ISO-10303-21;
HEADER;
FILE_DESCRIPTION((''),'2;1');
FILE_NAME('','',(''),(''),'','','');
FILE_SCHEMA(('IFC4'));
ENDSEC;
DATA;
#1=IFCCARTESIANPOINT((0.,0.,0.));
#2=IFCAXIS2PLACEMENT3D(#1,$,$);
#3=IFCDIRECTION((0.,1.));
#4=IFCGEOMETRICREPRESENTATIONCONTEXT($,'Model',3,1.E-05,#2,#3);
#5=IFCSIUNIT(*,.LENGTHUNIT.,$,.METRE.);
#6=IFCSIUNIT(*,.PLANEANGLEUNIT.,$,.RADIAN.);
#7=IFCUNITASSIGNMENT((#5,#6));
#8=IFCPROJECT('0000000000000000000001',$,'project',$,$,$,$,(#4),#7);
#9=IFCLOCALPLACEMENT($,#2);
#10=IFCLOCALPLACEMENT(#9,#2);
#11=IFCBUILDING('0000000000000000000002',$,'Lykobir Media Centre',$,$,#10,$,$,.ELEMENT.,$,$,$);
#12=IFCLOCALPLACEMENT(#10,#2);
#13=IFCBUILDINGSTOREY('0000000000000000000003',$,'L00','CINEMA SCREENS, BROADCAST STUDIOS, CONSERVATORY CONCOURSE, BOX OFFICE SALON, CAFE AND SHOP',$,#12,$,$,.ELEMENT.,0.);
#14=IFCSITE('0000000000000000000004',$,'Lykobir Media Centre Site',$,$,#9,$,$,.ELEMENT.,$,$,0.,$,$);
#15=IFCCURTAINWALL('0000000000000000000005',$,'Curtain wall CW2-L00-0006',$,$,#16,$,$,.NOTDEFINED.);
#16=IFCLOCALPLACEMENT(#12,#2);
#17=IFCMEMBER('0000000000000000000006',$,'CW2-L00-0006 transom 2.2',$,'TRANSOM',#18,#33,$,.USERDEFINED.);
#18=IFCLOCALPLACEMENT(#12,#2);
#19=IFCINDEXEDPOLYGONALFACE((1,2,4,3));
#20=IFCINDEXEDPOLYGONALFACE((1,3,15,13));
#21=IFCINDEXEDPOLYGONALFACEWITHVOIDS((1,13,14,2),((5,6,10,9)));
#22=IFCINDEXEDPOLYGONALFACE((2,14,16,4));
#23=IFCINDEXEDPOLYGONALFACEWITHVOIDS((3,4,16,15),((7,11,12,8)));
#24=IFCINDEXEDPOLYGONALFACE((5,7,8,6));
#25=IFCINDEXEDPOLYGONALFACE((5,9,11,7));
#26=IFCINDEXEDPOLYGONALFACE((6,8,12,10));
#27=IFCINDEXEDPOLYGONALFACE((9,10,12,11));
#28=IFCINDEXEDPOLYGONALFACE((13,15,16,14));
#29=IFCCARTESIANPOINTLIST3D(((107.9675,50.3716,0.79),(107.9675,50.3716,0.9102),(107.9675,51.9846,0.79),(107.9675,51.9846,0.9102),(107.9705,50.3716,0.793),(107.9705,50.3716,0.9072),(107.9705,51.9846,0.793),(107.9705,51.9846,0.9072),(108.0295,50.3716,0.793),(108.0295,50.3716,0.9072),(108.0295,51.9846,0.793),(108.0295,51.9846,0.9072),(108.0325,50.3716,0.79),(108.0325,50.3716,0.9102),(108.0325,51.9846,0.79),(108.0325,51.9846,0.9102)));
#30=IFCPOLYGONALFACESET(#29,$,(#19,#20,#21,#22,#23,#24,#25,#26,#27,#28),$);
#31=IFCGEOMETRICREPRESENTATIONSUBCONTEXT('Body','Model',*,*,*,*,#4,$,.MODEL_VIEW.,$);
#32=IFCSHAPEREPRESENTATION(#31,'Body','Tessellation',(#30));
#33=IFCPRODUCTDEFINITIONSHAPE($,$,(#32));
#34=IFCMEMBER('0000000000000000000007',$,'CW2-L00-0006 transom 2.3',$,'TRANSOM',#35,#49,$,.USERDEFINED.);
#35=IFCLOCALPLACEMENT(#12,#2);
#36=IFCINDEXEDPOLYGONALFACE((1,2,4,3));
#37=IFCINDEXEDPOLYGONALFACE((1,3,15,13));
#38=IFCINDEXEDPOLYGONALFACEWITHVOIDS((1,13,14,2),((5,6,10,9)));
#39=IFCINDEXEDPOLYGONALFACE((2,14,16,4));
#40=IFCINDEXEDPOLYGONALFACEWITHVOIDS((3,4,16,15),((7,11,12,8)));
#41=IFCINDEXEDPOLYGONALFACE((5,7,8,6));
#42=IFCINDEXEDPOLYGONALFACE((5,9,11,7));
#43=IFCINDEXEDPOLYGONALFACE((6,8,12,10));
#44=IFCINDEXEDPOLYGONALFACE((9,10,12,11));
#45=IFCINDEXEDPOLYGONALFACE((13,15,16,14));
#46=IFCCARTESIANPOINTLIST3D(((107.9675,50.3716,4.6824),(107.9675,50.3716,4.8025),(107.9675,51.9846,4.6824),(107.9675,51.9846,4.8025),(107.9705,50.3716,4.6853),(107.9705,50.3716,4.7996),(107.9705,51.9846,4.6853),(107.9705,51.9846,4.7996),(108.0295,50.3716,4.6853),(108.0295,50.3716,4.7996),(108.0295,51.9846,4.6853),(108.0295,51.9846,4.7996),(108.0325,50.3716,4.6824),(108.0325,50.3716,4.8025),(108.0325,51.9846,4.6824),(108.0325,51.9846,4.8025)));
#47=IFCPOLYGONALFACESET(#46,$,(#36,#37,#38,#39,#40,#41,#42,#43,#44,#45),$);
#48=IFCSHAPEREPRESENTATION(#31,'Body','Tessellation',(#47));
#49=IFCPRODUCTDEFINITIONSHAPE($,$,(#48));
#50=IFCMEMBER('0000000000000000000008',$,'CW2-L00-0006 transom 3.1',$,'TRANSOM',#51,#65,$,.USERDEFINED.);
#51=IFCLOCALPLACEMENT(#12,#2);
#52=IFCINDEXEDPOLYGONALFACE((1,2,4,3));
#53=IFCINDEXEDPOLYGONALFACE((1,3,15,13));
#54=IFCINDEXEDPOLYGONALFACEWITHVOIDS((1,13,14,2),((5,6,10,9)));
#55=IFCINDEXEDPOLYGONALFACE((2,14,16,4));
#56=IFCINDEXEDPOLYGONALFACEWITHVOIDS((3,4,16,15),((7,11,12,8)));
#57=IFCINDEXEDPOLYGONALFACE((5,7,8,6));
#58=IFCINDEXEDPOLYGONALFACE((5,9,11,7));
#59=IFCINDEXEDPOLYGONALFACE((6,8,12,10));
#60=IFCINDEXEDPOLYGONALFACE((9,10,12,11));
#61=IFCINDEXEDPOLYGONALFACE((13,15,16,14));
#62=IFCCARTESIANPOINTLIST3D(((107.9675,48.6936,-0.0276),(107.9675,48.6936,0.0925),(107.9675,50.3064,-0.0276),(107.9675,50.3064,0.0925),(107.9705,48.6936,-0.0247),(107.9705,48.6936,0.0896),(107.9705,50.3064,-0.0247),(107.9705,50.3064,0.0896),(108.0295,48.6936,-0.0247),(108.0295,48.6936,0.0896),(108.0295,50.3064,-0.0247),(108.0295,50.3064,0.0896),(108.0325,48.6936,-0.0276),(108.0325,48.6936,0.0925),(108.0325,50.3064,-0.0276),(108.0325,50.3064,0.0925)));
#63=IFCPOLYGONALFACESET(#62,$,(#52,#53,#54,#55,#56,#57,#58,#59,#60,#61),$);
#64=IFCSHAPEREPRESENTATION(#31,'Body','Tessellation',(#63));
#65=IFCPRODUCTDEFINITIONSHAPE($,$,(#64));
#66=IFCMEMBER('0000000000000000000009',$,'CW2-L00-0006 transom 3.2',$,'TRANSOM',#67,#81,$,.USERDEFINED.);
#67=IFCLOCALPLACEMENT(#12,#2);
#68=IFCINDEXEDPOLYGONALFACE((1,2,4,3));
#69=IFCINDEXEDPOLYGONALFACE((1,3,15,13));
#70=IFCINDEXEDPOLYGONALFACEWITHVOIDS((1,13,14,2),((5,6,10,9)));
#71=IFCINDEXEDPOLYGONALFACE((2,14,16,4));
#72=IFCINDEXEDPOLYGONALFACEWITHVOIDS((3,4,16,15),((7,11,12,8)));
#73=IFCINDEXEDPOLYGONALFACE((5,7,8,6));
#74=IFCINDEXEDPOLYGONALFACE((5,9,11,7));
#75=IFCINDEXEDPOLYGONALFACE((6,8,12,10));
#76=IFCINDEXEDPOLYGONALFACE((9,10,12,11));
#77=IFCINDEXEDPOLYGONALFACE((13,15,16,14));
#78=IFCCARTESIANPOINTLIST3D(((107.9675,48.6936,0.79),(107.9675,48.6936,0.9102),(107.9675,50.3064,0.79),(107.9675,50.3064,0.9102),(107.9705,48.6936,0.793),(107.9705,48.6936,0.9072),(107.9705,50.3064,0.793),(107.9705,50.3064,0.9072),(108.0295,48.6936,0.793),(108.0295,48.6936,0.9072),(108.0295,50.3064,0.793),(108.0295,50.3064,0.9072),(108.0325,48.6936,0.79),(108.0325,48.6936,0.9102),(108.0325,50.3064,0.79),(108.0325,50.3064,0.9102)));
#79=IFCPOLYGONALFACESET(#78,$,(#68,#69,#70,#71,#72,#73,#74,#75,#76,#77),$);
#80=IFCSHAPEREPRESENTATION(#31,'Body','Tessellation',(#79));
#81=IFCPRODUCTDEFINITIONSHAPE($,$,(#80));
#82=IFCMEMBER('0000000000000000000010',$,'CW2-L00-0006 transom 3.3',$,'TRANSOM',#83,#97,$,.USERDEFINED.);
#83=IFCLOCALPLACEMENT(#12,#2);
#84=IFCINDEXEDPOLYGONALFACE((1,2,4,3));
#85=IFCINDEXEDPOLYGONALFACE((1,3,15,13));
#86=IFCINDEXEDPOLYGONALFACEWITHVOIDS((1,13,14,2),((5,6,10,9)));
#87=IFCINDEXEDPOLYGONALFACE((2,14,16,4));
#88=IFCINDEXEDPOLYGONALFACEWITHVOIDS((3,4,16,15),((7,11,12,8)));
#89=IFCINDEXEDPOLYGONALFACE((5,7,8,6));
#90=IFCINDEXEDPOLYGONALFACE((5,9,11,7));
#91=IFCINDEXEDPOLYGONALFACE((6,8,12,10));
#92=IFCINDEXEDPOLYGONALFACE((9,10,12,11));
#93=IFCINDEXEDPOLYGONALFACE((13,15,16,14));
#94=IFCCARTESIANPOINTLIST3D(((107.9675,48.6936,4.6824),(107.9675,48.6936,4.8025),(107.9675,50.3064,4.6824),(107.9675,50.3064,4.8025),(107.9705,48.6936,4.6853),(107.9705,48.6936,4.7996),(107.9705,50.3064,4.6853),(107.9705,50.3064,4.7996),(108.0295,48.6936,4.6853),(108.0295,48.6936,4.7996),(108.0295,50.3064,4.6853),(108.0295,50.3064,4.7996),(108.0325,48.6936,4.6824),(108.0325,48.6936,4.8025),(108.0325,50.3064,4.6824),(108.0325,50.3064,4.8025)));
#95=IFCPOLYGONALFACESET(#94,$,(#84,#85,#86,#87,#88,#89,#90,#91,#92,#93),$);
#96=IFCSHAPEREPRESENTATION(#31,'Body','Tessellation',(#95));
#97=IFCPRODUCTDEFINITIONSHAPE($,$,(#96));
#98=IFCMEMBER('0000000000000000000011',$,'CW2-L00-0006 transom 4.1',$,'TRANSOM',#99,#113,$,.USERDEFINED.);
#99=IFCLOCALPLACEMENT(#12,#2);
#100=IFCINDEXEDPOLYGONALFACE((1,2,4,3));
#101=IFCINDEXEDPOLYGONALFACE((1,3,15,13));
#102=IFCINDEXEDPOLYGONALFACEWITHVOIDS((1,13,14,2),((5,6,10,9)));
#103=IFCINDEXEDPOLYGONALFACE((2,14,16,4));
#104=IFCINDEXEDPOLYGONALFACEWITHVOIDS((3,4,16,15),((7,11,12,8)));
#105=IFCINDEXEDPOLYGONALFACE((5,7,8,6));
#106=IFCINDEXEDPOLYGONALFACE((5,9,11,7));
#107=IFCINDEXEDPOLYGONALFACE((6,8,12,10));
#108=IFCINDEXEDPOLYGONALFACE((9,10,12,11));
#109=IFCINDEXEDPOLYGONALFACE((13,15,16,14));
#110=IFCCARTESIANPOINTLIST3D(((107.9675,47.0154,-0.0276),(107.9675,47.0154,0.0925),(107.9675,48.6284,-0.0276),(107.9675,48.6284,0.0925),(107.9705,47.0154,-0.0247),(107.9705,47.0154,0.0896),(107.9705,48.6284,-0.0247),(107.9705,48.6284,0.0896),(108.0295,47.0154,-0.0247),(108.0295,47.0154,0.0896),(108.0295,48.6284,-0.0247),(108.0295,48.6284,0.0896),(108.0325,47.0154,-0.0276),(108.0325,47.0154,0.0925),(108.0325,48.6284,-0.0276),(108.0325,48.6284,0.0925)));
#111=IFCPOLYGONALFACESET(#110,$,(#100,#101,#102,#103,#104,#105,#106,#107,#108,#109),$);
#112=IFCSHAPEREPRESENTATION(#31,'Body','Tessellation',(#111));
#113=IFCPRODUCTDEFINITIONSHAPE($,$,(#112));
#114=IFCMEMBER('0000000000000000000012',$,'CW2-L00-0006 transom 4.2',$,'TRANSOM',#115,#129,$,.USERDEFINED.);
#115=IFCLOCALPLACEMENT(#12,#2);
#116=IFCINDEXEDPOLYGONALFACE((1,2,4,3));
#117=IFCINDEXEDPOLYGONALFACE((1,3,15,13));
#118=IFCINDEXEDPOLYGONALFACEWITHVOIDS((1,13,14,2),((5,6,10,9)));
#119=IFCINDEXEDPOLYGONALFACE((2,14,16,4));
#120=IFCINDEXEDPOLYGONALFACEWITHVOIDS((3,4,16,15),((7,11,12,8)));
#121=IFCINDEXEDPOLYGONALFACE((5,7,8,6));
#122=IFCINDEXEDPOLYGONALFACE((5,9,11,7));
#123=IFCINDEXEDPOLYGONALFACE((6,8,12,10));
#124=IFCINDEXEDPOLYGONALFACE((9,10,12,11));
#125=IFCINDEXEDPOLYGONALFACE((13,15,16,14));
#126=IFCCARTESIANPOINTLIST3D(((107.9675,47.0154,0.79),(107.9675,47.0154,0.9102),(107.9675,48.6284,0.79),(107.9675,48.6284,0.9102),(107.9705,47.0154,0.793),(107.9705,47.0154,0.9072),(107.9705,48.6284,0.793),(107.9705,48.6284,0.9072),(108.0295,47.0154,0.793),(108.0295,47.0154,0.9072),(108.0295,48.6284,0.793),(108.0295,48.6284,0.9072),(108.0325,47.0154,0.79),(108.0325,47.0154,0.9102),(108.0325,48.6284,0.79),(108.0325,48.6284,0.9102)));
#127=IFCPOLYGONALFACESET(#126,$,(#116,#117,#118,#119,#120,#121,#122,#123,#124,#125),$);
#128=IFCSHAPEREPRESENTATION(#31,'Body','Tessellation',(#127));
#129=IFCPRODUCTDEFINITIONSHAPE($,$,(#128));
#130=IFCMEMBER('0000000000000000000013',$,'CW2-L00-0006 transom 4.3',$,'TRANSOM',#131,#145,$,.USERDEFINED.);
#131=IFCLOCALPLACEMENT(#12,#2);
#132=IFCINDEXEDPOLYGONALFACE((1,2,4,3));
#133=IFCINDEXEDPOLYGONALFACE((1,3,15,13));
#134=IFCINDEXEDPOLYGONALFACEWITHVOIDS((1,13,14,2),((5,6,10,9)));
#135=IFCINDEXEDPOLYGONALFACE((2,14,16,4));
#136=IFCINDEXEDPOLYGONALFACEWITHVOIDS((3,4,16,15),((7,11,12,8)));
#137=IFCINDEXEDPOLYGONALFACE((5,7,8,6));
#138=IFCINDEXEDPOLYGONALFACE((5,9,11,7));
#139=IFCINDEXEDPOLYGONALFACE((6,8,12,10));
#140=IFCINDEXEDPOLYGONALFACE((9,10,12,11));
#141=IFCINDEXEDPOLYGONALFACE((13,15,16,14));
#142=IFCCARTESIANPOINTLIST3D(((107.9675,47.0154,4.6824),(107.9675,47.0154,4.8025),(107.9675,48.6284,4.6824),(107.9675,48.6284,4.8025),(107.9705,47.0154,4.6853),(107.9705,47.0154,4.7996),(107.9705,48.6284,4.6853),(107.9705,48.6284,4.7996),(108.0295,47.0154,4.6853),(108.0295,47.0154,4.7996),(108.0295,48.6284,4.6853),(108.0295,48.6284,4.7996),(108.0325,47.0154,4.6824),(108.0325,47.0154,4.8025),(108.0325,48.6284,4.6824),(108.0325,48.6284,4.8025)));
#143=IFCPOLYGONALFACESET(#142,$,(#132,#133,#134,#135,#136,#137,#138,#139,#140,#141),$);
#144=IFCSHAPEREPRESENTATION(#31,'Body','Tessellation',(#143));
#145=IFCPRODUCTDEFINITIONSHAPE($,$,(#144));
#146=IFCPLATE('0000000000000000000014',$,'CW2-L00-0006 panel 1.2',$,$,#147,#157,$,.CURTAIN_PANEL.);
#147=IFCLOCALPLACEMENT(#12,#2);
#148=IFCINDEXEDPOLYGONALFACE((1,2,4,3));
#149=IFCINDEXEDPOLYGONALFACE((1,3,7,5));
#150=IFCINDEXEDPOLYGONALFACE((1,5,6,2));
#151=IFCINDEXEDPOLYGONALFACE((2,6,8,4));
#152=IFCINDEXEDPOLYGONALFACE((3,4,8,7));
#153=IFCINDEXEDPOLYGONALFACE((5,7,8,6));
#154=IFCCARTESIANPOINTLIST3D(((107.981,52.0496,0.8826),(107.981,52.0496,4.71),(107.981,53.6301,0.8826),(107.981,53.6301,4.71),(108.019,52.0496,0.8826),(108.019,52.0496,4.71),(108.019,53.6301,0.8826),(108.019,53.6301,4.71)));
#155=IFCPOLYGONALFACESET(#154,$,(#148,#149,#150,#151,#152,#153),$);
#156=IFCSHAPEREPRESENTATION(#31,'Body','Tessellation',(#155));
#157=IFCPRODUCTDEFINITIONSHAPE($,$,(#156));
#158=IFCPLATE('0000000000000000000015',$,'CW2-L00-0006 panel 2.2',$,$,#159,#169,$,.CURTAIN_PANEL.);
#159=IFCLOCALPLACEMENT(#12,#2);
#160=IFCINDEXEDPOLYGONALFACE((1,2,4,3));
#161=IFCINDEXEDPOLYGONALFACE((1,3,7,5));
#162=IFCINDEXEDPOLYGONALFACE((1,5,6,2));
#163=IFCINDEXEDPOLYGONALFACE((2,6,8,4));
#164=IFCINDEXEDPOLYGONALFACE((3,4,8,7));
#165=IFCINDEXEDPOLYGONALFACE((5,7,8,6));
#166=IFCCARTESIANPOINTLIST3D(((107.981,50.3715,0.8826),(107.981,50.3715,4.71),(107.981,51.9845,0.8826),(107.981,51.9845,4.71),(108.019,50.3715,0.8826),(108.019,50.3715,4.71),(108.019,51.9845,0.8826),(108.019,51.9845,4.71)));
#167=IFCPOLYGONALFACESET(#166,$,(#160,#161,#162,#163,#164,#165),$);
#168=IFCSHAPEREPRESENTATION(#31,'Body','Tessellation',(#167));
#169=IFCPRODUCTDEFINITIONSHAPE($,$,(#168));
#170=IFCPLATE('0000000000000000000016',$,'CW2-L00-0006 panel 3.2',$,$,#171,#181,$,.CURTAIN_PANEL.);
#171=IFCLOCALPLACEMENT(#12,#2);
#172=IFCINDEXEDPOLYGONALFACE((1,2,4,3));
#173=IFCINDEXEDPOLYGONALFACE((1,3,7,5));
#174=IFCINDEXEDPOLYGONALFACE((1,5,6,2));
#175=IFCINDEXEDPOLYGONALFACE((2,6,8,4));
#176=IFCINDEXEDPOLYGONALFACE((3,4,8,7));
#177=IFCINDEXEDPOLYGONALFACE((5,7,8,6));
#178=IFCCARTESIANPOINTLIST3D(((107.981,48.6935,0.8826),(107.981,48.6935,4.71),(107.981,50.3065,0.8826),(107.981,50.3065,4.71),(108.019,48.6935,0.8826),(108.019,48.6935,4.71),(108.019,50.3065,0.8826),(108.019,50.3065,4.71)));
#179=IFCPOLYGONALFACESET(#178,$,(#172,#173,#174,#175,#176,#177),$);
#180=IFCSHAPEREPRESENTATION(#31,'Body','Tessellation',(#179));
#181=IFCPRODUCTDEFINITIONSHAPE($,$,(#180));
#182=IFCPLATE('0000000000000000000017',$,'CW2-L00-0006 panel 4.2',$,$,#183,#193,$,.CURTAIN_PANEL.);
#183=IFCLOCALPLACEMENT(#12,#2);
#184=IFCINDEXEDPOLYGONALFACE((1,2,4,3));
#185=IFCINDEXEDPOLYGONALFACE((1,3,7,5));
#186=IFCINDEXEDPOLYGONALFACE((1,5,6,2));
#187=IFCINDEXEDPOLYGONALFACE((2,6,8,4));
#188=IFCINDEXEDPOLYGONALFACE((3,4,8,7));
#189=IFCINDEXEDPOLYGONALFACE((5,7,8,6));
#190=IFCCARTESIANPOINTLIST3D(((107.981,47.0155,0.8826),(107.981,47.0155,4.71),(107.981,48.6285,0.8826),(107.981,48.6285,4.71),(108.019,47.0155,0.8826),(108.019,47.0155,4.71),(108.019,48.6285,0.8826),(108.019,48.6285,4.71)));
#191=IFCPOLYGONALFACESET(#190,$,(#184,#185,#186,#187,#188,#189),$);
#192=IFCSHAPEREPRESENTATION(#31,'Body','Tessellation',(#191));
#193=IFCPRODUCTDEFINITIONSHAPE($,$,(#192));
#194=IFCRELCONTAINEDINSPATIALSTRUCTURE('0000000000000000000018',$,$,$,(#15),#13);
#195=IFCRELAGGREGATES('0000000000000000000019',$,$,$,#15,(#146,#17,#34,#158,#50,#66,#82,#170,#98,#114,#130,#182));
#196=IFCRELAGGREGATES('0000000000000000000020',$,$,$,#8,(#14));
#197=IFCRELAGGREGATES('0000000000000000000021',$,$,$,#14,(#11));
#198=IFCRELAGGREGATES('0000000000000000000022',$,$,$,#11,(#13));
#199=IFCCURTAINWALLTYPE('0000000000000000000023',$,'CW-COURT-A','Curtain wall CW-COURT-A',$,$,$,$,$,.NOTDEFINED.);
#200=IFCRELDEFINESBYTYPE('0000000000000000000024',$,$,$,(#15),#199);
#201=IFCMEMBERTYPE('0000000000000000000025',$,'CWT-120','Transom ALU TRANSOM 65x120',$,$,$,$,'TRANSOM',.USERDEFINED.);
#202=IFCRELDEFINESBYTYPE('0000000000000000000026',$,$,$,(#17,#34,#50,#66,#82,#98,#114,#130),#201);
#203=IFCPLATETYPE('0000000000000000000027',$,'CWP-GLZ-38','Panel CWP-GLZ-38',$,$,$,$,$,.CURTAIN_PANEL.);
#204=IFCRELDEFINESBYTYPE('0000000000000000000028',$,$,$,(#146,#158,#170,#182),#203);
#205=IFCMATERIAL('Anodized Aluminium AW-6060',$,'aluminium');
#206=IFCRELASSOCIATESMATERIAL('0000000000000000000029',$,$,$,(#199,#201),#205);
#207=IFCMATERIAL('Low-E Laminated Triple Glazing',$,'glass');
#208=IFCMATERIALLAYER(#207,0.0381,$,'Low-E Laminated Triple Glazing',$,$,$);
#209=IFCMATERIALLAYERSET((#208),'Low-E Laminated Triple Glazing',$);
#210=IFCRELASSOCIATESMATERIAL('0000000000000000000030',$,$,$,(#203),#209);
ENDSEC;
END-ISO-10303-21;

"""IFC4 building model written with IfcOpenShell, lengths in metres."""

from ifc_helpers import new_model, si_unit, direction, frame, origin, origin_2d, place, context, subcontext, project, spatial, rectangle, hollow_rectangle, extrude, material, layer, layer_set, material_profile, profile_set, type_object, element, aggregate, save


model = new_model("IFC4")

# Units and contexts
model_context = context("Model", 3, precision=1e-05, world=origin(), true_north=direction((0.0, 1.0)))
body_context = subcontext(model_context, "Body", "Model", "MODEL_VIEW")
ifc_project = project(units=[si_unit("LENGTHUNIT", "METRE"), si_unit("PLANEANGLEUNIT", "RADIAN")], contexts=[model_context])

# Site, building, storey
site_placement = place(None, origin())
site = spatial("IfcSite", under=ifc_project, at=site_placement, Name="Lykobir Media Centre Site", CompositionType="ELEMENT", RefElevation=0.0)
building_placement = place(site_placement, origin())
building = spatial("IfcBuilding", under=site, at=building_placement, Name="Lykobir Media Centre", CompositionType="ELEMENT")
storey_placement = place(building_placement, origin())
storey = spatial("IfcBuildingStorey", under=building, at=storey_placement, Name="L00", Description="CINEMA SCREENS, BROADCAST STUDIOS, CONSERVATORY CONCOURSE, BOX OFFICE SALON, CAFE AND SHOP", CompositionType="ELEMENT", Elevation=0.0)

# Curtain wall, members, plates
ifc_material_1 = material(Name="Anodized Aluminium AW-6060", Category="aluminium")
curtain_wall_type = type_object("IfcCurtainWallType", Name="CW-COURT-A", Description="Curtain wall CW-COURT-A", PredefinedType="NOTDEFINED", material=ifc_material_1)
curtain_wall_placement = place(storey_placement, origin())
curtain_wall = element("IfcCurtainWall", 1, at=curtain_wall_placement, inside=storey, type_object=curtain_wall_type, Name="Curtain wall CW2-L00-0006", PredefinedType="NOTDEFINED")
ifc_material_profile_1 = material_profile(ifc_material_1, hollow_rectangle(XDim=0.0649, YDim=0.1201, WallThickness=0.0029, at=origin_2d()), Name="ALU TRANSOM 65x120")
ifc_profile_set_1 = profile_set([ifc_material_profile_1], Name="Anodized Aluminium AW-6060")
member_type_1 = type_object("IfcMemberType", Name="CWT-120", Description="Transom ALU TRANSOM 65x120", ElementType="TRANSOM", PredefinedType="USERDEFINED", material=ifc_profile_set_1)
member_1_placement = place(storey_placement, frame((108.0, 51.9846, 0.8501), z_axis=(0.0, -1.0, 0.0), x_axis=(1.0, 0.0, 0.0)))
member_1 = element("IfcMember", 2, at=member_1_placement, type_object=member_type_1, Name="CW2-L00-0006 transom 2.2", ObjectType="TRANSOM", PredefinedType="USERDEFINED", context=body_context, shape_type="SweptSolid", body=[
    extrude(hollow_rectangle(XDim=0.0649, YDim=0.1201, WallThickness=0.0029, at=origin_2d()), origin(), (0.0, 0.0, 1.0), 1.613),
])
member_2_placement = place(storey_placement, frame((108.0, 51.9846, 4.7424), z_axis=(0.0, -1.0, 0.0), x_axis=(1.0, 0.0, 0.0)))
member_2 = element("IfcMember", 3, at=member_2_placement, type_object=member_type_1, Name="CW2-L00-0006 transom 2.3", ObjectType="TRANSOM", PredefinedType="USERDEFINED", context=body_context, shape_type="SweptSolid", body=[
    extrude(hollow_rectangle(XDim=0.0649, YDim=0.1201, WallThickness=0.0029, at=origin_2d()), origin(), (0.0, 0.0, 1.0), 1.613),
])
member_3_placement = place(storey_placement, frame((108.0, 50.3064, 0.0325), z_axis=(0.0, -1.0, 0.0), x_axis=(1.0, 0.0, 0.0)))
member_3 = element("IfcMember", 4, at=member_3_placement, type_object=member_type_1, Name="CW2-L00-0006 transom 3.1", ObjectType="TRANSOM", PredefinedType="USERDEFINED", context=body_context, shape_type="SweptSolid", body=[
    extrude(hollow_rectangle(XDim=0.0649, YDim=0.1201, WallThickness=0.0029, at=origin_2d()), origin(), (0.0, 0.0, 1.0), 1.6128),
])
member_4_placement = place(storey_placement, frame((108.0, 50.3064, 0.8501), z_axis=(0.0, -1.0, 0.0), x_axis=(1.0, 0.0, 0.0)))
member_4 = element("IfcMember", 5, at=member_4_placement, type_object=member_type_1, Name="CW2-L00-0006 transom 3.2", ObjectType="TRANSOM", PredefinedType="USERDEFINED", context=body_context, shape_type="SweptSolid", body=[
    extrude(hollow_rectangle(XDim=0.0649, YDim=0.1201, WallThickness=0.0029, at=origin_2d()), origin(), (0.0, 0.0, 1.0), 1.6128),
])
member_5_placement = place(storey_placement, frame((108.0, 50.3064, 4.7424), z_axis=(0.0, -1.0, 0.0), x_axis=(1.0, 0.0, 0.0)))
member_5 = element("IfcMember", 6, at=member_5_placement, type_object=member_type_1, Name="CW2-L00-0006 transom 3.3", ObjectType="TRANSOM", PredefinedType="USERDEFINED", context=body_context, shape_type="SweptSolid", body=[
    extrude(hollow_rectangle(XDim=0.0649, YDim=0.1201, WallThickness=0.0029, at=origin_2d()), origin(), (0.0, 0.0, 1.0), 1.6128),
])
member_6_placement = place(storey_placement, frame((108.0, 48.6284, 0.0325), z_axis=(0.0, -1.0, 0.0), x_axis=(1.0, 0.0, 0.0)))
member_6 = element("IfcMember", 7, at=member_6_placement, type_object=member_type_1, Name="CW2-L00-0006 transom 4.1", ObjectType="TRANSOM", PredefinedType="USERDEFINED", context=body_context, shape_type="SweptSolid", body=[
    extrude(hollow_rectangle(XDim=0.0649, YDim=0.1201, WallThickness=0.0029, at=origin_2d()), origin(), (0.0, 0.0, 1.0), 1.613),
])
member_7_placement = place(storey_placement, frame((108.0, 48.6284, 0.8501), z_axis=(0.0, -1.0, 0.0), x_axis=(1.0, 0.0, 0.0)))
member_7 = element("IfcMember", 8, at=member_7_placement, type_object=member_type_1, Name="CW2-L00-0006 transom 4.2", ObjectType="TRANSOM", PredefinedType="USERDEFINED", context=body_context, shape_type="SweptSolid", body=[
    extrude(hollow_rectangle(XDim=0.0649, YDim=0.1201, WallThickness=0.0029, at=origin_2d()), origin(), (0.0, 0.0, 1.0), 1.613),
])
member_8_placement = place(storey_placement, frame((108.0, 48.6284, 4.7424), z_axis=(0.0, -1.0, 0.0), x_axis=(1.0, 0.0, 0.0)))
member_8 = element("IfcMember", 9, at=member_8_placement, type_object=member_type_1, Name="CW2-L00-0006 transom 4.3", ObjectType="TRANSOM", PredefinedType="USERDEFINED", context=body_context, shape_type="SweptSolid", body=[
    extrude(hollow_rectangle(XDim=0.0649, YDim=0.1201, WallThickness=0.0029, at=origin_2d()), origin(), (0.0, 0.0, 1.0), 1.613),
])
ifc_material_2 = material(Name="Low-E Laminated Triple Glazing", Category="glass")
ifc_layer_1 = layer(ifc_material_2, 0.0381, Name="Low-E Laminated Triple Glazing")
ifc_layer_set_1 = layer_set([ifc_layer_1], Name="Low-E Laminated Triple Glazing")
plate_type_1 = type_object("IfcPlateType", Name="CWP-GLZ-38", Description="Panel CWP-GLZ-38", PredefinedType="CURTAIN_PANEL", material=ifc_layer_set_1)
plate_1_placement = place(storey_placement, frame((108.0, 52.8398, 0.8826), z_axis=(0.0, 0.0, 1.0), x_axis=(0.0, -1.0, 0.0)))
plate_1 = element("IfcPlate", 10, at=plate_1_placement, type_object=plate_type_1, Name="CW2-L00-0006 panel 1.2", PredefinedType="CURTAIN_PANEL", context=body_context, shape_type="SweptSolid", body=[
    extrude(rectangle(XDim=1.5806, YDim=0.0381, at=origin_2d()), origin(), (0.0, 0.0, 1.0), 3.8274),
])
plate_2_placement = place(storey_placement, frame((108.0, 51.178, 0.8826), z_axis=(0.0, 0.0, 1.0), x_axis=(0.0, -1.0, 0.0)))
plate_2 = element("IfcPlate", 11, at=plate_2_placement, type_object=plate_type_1, Name="CW2-L00-0006 panel 2.2", PredefinedType="CURTAIN_PANEL", context=body_context, shape_type="SweptSolid", body=[
    extrude(rectangle(XDim=1.613, YDim=0.0381, at=origin_2d()), origin(), (0.0, 0.0, 1.0), 3.8274),
])
plate_3_placement = place(storey_placement, frame((108.0, 49.5, 0.8826), z_axis=(0.0, 0.0, 1.0), x_axis=(0.0, -1.0, 0.0)))
plate_3 = element("IfcPlate", 12, at=plate_3_placement, type_object=plate_type_1, Name="CW2-L00-0006 panel 3.2", PredefinedType="CURTAIN_PANEL", context=body_context, shape_type="SweptSolid", body=[
    extrude(rectangle(XDim=1.613, YDim=0.0381, at=origin_2d()), origin(), (0.0, 0.0, 1.0), 3.8274),
])
plate_4_placement = place(storey_placement, frame((108.0, 47.822, 0.8826), z_axis=(0.0, 0.0, 1.0), x_axis=(0.0, -1.0, 0.0)))
plate_4 = element("IfcPlate", 13, at=plate_4_placement, type_object=plate_type_1, Name="CW2-L00-0006 panel 4.2", PredefinedType="CURTAIN_PANEL", context=body_context, shape_type="SweptSolid", body=[
    extrude(rectangle(XDim=1.613, YDim=0.0381, at=origin_2d()), origin(), (0.0, 0.0, 1.0), 3.8274),
])
aggregate(curtain_wall, [plate_1, member_1, member_2, plate_2, member_3, member_4, member_5, plate_3, member_6, member_7, member_8, plate_4])

save(model, "model.ifc")
